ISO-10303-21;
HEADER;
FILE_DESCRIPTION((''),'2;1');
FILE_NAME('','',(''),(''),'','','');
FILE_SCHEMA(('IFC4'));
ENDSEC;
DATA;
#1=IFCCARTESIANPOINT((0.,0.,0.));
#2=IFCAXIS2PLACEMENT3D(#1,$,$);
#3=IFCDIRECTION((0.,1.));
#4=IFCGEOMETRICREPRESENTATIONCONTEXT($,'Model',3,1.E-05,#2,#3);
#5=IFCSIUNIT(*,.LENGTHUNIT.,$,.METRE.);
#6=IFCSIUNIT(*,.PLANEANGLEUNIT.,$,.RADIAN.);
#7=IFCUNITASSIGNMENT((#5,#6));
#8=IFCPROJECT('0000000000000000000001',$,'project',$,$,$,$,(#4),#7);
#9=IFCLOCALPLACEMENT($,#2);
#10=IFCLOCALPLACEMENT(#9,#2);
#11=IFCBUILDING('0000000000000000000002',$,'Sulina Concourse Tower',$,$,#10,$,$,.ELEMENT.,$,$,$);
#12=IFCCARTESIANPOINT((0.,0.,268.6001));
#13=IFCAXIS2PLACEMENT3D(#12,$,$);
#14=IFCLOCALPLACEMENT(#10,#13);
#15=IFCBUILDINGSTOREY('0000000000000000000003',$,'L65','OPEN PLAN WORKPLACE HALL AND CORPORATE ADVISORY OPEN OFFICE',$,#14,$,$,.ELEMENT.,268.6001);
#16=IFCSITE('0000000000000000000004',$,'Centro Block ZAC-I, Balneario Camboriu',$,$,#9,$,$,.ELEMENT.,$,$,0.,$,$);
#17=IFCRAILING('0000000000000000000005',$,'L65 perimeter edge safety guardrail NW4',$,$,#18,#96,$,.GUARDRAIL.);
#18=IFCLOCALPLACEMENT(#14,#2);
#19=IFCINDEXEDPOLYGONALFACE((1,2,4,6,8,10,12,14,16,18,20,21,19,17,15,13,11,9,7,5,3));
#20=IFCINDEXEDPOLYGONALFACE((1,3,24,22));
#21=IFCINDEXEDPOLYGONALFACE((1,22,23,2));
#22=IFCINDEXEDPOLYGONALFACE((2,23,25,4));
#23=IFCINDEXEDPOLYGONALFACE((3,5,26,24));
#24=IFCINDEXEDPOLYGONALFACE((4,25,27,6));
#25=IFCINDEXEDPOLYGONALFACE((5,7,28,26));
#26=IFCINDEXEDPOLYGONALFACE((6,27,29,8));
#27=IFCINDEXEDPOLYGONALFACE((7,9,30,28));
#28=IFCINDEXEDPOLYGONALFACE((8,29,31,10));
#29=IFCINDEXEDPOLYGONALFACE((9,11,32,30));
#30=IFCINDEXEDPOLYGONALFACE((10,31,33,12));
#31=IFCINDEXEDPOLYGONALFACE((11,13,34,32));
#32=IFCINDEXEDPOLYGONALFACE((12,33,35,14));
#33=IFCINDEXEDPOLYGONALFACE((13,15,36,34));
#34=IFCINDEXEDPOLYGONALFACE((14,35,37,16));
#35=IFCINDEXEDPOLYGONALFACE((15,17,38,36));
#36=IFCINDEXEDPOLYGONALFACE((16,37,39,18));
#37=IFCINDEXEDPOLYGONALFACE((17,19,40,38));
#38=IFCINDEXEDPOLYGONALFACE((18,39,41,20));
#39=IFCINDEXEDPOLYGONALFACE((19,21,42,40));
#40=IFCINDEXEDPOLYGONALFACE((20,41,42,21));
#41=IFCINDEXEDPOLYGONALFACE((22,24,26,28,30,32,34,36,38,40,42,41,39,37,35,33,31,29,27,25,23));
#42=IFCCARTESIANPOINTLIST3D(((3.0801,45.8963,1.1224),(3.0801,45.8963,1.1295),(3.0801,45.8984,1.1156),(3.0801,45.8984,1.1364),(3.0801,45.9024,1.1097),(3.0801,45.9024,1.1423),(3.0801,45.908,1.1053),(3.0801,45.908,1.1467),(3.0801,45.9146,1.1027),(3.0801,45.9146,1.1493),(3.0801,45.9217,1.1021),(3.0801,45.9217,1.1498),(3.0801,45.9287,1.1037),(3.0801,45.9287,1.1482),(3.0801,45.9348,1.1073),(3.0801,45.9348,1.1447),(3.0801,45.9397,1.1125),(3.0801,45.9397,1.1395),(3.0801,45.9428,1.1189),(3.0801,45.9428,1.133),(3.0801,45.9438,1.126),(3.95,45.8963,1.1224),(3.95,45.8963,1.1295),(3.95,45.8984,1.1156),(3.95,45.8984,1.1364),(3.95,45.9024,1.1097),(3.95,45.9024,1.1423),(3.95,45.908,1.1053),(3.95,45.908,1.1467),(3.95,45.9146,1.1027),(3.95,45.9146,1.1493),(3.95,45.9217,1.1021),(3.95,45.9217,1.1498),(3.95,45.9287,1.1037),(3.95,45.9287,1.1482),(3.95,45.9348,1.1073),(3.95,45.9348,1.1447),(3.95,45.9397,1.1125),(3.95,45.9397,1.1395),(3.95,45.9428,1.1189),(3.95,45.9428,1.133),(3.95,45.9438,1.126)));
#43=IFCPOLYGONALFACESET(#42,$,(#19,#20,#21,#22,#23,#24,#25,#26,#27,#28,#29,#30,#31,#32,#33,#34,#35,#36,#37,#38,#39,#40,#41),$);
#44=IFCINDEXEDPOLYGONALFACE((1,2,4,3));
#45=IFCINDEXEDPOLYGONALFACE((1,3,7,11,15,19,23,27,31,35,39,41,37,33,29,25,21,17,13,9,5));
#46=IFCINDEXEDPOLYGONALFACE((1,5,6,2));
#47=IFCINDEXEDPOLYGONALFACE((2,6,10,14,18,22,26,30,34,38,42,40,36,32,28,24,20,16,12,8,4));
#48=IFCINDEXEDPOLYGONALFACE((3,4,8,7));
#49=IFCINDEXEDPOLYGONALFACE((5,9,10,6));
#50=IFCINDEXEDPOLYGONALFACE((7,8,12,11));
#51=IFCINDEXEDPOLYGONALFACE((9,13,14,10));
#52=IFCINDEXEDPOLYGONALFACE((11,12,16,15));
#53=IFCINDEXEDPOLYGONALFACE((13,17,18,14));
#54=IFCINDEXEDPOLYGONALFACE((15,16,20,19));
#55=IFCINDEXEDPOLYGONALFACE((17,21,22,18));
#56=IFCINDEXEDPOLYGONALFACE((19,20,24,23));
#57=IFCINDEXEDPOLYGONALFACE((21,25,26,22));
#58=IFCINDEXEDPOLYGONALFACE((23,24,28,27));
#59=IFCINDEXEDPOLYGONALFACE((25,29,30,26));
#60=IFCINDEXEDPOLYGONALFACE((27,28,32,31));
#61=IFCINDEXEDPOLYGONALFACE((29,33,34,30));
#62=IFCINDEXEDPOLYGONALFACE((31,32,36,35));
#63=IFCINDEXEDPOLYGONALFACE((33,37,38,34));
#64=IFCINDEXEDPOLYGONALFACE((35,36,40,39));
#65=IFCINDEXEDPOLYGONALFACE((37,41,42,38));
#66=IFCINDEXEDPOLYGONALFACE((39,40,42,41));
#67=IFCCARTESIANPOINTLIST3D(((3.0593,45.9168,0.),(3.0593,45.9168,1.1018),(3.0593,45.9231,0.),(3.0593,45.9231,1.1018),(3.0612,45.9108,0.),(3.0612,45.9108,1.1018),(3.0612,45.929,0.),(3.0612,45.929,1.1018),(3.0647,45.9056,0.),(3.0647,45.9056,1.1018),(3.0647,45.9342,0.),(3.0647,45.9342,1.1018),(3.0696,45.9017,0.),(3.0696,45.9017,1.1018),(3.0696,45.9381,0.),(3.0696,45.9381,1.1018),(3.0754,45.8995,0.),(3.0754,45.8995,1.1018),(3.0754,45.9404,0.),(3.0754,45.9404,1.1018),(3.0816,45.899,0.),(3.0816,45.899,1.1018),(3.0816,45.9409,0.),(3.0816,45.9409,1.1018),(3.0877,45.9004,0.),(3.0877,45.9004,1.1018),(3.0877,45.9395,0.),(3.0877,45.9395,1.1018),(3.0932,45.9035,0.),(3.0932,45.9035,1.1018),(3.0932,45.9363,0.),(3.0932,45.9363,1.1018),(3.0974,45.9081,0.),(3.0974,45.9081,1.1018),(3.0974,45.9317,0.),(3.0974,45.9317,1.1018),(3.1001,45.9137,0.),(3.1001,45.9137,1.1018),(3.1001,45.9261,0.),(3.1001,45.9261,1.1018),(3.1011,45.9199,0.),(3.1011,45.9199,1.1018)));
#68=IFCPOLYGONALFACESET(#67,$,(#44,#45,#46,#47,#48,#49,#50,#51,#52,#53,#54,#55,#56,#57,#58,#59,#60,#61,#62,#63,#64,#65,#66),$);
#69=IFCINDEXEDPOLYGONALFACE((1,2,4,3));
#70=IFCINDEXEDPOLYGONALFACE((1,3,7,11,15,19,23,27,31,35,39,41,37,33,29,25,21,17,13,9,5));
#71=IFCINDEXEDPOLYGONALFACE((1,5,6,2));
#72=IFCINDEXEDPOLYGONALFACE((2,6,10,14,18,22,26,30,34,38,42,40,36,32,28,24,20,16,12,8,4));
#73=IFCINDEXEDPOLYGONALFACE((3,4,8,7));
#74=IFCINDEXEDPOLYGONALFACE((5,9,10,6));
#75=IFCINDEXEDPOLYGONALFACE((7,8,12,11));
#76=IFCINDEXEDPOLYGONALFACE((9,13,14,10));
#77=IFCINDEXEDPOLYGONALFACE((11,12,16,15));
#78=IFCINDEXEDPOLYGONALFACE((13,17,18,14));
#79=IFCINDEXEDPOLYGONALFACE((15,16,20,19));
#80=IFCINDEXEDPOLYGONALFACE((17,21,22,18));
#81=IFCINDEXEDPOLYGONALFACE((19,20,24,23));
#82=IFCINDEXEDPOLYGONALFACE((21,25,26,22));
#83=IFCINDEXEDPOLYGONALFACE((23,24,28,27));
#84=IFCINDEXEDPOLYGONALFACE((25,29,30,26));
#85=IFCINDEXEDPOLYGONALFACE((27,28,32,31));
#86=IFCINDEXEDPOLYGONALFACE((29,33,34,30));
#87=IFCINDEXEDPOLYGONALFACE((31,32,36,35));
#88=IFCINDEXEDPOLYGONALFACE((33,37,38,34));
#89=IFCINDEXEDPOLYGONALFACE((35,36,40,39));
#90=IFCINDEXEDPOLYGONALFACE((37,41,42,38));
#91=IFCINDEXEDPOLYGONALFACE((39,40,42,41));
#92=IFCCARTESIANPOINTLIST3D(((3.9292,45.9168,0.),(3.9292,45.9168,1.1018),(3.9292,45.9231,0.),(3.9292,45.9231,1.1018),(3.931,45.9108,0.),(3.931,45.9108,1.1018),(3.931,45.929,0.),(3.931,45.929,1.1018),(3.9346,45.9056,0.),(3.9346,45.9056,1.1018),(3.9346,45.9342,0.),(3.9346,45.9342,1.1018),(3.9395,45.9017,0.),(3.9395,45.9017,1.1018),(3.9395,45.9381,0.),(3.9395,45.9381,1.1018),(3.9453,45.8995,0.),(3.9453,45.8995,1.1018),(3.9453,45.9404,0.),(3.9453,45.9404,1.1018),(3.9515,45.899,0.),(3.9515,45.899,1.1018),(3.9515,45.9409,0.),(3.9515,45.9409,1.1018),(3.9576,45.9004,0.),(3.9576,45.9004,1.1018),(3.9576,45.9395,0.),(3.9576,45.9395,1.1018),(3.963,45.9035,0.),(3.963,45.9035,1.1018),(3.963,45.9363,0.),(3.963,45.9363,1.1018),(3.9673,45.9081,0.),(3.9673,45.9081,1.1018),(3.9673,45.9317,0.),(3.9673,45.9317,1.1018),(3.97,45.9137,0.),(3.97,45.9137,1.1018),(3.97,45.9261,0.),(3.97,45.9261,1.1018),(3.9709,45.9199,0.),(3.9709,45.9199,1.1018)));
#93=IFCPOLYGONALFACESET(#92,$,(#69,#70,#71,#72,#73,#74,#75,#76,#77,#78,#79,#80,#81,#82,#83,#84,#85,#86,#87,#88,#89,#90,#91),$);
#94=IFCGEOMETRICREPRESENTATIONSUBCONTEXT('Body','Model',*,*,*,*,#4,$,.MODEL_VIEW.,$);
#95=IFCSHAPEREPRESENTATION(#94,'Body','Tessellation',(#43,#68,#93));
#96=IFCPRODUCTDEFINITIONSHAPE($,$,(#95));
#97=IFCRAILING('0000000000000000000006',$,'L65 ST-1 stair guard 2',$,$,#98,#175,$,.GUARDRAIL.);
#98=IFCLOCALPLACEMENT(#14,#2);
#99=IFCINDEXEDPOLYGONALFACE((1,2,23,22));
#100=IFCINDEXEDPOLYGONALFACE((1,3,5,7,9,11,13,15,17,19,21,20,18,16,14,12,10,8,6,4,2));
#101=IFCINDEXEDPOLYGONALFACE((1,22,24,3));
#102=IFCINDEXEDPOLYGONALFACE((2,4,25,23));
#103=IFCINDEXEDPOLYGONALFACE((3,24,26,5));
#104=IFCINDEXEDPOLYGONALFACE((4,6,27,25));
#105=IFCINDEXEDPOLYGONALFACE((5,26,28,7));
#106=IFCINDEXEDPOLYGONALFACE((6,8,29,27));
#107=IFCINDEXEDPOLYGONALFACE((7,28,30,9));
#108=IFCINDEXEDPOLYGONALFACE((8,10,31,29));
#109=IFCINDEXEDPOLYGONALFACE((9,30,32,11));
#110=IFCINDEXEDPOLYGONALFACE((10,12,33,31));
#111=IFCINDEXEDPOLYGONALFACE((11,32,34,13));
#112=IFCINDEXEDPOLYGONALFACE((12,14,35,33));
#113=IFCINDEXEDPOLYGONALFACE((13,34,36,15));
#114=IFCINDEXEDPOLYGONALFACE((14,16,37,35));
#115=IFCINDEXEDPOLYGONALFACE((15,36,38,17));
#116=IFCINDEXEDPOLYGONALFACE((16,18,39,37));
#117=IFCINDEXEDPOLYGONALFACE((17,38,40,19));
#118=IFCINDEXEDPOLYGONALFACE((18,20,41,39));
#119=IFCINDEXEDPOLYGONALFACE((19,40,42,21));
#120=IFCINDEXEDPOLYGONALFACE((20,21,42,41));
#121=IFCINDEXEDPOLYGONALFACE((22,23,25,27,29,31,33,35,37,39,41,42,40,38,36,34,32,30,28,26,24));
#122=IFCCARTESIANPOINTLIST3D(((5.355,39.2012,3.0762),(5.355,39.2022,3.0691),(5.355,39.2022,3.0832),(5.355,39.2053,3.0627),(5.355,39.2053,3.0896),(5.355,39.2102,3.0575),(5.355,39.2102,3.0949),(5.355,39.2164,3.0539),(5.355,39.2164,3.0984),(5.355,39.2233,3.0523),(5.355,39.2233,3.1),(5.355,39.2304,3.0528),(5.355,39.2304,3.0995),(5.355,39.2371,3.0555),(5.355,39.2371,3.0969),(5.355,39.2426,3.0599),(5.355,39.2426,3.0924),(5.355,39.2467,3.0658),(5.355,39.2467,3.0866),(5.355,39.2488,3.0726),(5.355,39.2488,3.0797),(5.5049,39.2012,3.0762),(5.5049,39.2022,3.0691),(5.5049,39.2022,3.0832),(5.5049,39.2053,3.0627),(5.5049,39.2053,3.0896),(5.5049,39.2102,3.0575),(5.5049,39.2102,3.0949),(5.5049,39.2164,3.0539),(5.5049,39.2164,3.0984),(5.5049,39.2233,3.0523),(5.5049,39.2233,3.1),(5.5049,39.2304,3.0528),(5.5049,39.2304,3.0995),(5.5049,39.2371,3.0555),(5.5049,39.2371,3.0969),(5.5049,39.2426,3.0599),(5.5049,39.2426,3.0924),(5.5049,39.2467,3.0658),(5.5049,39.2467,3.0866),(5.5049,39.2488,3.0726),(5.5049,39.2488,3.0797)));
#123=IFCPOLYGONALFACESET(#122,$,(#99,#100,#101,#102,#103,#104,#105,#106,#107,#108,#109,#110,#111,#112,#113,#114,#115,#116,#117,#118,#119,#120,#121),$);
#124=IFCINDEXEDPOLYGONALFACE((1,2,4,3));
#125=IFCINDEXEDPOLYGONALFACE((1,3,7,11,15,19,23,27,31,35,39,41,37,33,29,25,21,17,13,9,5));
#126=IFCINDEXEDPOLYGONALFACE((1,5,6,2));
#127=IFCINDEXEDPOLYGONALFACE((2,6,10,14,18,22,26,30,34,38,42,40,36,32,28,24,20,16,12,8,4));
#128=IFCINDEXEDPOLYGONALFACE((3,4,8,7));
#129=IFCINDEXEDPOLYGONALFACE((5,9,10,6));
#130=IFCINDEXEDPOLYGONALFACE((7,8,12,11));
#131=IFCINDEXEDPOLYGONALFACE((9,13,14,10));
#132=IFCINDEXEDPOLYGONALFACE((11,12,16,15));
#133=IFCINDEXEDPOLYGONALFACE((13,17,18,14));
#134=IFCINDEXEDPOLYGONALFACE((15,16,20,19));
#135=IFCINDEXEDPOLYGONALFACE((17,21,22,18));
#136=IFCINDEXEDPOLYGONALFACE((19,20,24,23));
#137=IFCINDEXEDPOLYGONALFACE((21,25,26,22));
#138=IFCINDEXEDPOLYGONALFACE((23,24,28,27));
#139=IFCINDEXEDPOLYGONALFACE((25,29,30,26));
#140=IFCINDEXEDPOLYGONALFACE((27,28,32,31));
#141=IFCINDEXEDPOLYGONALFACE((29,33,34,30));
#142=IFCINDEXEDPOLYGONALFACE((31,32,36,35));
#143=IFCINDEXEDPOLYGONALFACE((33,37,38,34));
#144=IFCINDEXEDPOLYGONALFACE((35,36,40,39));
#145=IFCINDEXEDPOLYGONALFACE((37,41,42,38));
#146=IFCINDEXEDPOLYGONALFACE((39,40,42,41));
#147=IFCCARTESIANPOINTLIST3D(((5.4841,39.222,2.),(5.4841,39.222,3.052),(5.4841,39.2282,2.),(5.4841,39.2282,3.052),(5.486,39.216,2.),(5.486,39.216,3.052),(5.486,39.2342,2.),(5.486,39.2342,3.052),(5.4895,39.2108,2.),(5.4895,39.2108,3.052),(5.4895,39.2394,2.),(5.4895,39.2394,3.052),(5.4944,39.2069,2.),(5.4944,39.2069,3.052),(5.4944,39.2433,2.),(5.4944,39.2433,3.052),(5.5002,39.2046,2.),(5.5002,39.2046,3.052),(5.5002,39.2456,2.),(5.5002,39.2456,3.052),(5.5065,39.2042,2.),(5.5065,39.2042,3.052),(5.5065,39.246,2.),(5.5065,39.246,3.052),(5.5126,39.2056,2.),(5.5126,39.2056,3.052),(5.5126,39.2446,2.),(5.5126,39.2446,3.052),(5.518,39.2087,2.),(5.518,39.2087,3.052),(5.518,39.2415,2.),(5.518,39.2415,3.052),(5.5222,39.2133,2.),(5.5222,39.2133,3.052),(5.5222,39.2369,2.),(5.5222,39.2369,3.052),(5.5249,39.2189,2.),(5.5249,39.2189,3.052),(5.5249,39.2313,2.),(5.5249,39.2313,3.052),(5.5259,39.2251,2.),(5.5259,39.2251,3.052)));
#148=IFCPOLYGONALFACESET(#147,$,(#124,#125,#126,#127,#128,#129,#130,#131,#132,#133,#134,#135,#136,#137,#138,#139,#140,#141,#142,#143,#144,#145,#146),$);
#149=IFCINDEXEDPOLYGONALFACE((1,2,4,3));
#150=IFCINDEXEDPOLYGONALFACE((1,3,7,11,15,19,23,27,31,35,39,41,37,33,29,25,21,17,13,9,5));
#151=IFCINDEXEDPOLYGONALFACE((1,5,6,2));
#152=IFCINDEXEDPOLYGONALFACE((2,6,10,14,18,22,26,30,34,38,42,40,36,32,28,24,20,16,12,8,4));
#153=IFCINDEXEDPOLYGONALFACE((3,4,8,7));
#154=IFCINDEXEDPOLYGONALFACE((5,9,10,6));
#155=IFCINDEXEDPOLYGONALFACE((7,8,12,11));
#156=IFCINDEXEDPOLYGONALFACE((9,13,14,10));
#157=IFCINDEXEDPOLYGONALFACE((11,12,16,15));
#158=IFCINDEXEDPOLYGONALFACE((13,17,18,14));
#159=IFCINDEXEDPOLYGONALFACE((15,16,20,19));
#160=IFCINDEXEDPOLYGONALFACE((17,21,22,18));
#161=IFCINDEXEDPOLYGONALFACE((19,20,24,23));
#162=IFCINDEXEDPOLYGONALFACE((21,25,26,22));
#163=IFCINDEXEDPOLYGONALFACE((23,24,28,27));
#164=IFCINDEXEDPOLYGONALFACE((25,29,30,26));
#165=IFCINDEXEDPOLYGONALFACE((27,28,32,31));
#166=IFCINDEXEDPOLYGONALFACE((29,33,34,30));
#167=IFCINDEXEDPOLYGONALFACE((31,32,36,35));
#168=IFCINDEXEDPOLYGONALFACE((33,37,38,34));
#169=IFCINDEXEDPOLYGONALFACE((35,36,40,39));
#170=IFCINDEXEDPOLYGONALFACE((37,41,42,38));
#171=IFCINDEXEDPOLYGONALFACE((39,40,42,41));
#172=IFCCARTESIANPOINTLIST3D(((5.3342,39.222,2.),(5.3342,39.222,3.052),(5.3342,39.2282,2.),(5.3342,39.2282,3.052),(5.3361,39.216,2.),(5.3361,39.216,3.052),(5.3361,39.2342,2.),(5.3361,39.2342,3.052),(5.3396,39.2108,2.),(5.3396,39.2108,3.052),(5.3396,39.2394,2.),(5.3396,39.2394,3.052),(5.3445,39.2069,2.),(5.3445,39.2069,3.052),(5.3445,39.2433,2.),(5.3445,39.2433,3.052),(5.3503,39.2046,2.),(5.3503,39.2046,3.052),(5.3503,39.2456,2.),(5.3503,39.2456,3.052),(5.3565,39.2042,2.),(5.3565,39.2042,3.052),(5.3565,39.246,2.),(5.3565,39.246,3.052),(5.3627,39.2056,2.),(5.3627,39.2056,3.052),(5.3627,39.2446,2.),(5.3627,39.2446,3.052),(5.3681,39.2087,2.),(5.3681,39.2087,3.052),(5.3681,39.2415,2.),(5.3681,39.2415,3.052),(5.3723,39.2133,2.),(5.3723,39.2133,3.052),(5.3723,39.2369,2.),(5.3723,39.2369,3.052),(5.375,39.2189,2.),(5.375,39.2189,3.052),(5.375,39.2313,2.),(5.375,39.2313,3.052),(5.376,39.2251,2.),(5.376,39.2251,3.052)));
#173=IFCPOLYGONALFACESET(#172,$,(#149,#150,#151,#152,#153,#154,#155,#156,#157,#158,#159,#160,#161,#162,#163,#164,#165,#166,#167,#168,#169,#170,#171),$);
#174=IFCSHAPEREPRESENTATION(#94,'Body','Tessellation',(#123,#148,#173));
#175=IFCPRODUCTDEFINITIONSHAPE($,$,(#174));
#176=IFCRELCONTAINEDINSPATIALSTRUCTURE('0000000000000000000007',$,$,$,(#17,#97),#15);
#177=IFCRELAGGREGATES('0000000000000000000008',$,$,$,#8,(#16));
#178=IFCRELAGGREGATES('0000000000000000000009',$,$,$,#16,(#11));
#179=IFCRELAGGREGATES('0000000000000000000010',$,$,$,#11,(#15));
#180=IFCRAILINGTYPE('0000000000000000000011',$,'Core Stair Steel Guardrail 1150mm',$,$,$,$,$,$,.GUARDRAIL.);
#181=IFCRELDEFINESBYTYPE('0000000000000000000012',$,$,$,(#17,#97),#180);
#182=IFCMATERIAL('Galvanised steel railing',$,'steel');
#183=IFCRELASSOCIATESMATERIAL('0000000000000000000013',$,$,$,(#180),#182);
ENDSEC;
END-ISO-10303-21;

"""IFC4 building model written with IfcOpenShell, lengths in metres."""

from ifc_helpers import new_model, si_unit, direction, frame, origin, origin_2d, place, context, subcontext, project, spatial, circle, extrude, material, type_object, element, save


model = new_model("IFC4")

# Units and contexts
model_context = context("Model", 3, precision=1e-05, world=origin(), true_north=direction((0.0, 1.0)))
body_context = subcontext(model_context, "Body", "Model", "MODEL_VIEW")
ifc_project = project(units=[si_unit("LENGTHUNIT", "METRE"), si_unit("PLANEANGLEUNIT", "RADIAN")], contexts=[model_context])

# Site, building, storey
site_placement = place(None, origin())
site = spatial("IfcSite", under=ifc_project, at=site_placement, Name="Centro Block ZAC-I, Balneario Camboriu", CompositionType="ELEMENT", RefElevation=0.0)
building_placement = place(site_placement, origin())
building = spatial("IfcBuilding", under=site, at=building_placement, Name="Sulina Concourse Tower", CompositionType="ELEMENT")
storey_placement = place(building_placement, frame((0.0, 0.0, 268.6001)))
storey = spatial("IfcBuildingStorey", under=building, at=storey_placement, Name="L65", Description="OPEN PLAN WORKPLACE HALL AND CORPORATE ADVISORY OPEN OFFICE", CompositionType="ELEMENT", Elevation=268.6001)

# Railings
ifc_material_1 = material(Name="Galvanised steel railing", Category="steel")
railing_type_1 = type_object("IfcRailingType", Name="Core Stair Steel Guardrail 1150mm", PredefinedType="GUARDRAIL", material=ifc_material_1)
railing_1_placement = place(storey_placement, frame((3.0801, 45.9199, 0.0)))
element("IfcRailing", 1, at=railing_1_placement, inside=storey, type_object=railing_type_1, Name="L65 perimeter edge safety guardrail NW4", PredefinedType="GUARDRAIL", context=body_context, shape_type="SweptSolid", body=[
    extrude(circle(Radius=0.0239, at=origin_2d()), frame((0.0, 0.0, 1.126), z_axis=(1.0, 0.0, 0.0), x_axis=(0.0, 1.0, 0.0)), (0.0, 0.0, 1.0), 0.8699),
    extrude(circle(Radius=0.021, at=origin_2d()), origin(), (0.0, 0.0, 1.0), 1.1018),
    extrude(circle(Radius=0.021, at=origin_2d()), frame((0.8699, 0.0, 0.0)), (0.0, 0.0, 1.0), 1.1018),
])
railing_2_placement = place(storey_placement, frame((5.5049, 39.2251, 2.0)))
element("IfcRailing", 2, at=railing_2_placement, inside=storey, type_object=railing_type_1, Name="L65 ST-1 stair guard 2", PredefinedType="GUARDRAIL", context=body_context, shape_type="SweptSolid", body=[
    extrude(circle(Radius=0.0239, at=origin_2d()), frame((0.0, 0.0, 1.0762), z_axis=(-1.0, 0.0, 0.0), x_axis=(0.0, -1.0, 0.0)), (0.0, 0.0, 1.0), 0.1499),
    extrude(circle(Radius=0.021, at=origin_2d()), origin(), (0.0, 0.0, 1.0), 1.052),
    extrude(circle(Radius=0.021, at=origin_2d()), frame((-0.1499, 0.0, 0.0)), (0.0, 0.0, 1.0), 1.052),
])

save(model, "model.ifc")
